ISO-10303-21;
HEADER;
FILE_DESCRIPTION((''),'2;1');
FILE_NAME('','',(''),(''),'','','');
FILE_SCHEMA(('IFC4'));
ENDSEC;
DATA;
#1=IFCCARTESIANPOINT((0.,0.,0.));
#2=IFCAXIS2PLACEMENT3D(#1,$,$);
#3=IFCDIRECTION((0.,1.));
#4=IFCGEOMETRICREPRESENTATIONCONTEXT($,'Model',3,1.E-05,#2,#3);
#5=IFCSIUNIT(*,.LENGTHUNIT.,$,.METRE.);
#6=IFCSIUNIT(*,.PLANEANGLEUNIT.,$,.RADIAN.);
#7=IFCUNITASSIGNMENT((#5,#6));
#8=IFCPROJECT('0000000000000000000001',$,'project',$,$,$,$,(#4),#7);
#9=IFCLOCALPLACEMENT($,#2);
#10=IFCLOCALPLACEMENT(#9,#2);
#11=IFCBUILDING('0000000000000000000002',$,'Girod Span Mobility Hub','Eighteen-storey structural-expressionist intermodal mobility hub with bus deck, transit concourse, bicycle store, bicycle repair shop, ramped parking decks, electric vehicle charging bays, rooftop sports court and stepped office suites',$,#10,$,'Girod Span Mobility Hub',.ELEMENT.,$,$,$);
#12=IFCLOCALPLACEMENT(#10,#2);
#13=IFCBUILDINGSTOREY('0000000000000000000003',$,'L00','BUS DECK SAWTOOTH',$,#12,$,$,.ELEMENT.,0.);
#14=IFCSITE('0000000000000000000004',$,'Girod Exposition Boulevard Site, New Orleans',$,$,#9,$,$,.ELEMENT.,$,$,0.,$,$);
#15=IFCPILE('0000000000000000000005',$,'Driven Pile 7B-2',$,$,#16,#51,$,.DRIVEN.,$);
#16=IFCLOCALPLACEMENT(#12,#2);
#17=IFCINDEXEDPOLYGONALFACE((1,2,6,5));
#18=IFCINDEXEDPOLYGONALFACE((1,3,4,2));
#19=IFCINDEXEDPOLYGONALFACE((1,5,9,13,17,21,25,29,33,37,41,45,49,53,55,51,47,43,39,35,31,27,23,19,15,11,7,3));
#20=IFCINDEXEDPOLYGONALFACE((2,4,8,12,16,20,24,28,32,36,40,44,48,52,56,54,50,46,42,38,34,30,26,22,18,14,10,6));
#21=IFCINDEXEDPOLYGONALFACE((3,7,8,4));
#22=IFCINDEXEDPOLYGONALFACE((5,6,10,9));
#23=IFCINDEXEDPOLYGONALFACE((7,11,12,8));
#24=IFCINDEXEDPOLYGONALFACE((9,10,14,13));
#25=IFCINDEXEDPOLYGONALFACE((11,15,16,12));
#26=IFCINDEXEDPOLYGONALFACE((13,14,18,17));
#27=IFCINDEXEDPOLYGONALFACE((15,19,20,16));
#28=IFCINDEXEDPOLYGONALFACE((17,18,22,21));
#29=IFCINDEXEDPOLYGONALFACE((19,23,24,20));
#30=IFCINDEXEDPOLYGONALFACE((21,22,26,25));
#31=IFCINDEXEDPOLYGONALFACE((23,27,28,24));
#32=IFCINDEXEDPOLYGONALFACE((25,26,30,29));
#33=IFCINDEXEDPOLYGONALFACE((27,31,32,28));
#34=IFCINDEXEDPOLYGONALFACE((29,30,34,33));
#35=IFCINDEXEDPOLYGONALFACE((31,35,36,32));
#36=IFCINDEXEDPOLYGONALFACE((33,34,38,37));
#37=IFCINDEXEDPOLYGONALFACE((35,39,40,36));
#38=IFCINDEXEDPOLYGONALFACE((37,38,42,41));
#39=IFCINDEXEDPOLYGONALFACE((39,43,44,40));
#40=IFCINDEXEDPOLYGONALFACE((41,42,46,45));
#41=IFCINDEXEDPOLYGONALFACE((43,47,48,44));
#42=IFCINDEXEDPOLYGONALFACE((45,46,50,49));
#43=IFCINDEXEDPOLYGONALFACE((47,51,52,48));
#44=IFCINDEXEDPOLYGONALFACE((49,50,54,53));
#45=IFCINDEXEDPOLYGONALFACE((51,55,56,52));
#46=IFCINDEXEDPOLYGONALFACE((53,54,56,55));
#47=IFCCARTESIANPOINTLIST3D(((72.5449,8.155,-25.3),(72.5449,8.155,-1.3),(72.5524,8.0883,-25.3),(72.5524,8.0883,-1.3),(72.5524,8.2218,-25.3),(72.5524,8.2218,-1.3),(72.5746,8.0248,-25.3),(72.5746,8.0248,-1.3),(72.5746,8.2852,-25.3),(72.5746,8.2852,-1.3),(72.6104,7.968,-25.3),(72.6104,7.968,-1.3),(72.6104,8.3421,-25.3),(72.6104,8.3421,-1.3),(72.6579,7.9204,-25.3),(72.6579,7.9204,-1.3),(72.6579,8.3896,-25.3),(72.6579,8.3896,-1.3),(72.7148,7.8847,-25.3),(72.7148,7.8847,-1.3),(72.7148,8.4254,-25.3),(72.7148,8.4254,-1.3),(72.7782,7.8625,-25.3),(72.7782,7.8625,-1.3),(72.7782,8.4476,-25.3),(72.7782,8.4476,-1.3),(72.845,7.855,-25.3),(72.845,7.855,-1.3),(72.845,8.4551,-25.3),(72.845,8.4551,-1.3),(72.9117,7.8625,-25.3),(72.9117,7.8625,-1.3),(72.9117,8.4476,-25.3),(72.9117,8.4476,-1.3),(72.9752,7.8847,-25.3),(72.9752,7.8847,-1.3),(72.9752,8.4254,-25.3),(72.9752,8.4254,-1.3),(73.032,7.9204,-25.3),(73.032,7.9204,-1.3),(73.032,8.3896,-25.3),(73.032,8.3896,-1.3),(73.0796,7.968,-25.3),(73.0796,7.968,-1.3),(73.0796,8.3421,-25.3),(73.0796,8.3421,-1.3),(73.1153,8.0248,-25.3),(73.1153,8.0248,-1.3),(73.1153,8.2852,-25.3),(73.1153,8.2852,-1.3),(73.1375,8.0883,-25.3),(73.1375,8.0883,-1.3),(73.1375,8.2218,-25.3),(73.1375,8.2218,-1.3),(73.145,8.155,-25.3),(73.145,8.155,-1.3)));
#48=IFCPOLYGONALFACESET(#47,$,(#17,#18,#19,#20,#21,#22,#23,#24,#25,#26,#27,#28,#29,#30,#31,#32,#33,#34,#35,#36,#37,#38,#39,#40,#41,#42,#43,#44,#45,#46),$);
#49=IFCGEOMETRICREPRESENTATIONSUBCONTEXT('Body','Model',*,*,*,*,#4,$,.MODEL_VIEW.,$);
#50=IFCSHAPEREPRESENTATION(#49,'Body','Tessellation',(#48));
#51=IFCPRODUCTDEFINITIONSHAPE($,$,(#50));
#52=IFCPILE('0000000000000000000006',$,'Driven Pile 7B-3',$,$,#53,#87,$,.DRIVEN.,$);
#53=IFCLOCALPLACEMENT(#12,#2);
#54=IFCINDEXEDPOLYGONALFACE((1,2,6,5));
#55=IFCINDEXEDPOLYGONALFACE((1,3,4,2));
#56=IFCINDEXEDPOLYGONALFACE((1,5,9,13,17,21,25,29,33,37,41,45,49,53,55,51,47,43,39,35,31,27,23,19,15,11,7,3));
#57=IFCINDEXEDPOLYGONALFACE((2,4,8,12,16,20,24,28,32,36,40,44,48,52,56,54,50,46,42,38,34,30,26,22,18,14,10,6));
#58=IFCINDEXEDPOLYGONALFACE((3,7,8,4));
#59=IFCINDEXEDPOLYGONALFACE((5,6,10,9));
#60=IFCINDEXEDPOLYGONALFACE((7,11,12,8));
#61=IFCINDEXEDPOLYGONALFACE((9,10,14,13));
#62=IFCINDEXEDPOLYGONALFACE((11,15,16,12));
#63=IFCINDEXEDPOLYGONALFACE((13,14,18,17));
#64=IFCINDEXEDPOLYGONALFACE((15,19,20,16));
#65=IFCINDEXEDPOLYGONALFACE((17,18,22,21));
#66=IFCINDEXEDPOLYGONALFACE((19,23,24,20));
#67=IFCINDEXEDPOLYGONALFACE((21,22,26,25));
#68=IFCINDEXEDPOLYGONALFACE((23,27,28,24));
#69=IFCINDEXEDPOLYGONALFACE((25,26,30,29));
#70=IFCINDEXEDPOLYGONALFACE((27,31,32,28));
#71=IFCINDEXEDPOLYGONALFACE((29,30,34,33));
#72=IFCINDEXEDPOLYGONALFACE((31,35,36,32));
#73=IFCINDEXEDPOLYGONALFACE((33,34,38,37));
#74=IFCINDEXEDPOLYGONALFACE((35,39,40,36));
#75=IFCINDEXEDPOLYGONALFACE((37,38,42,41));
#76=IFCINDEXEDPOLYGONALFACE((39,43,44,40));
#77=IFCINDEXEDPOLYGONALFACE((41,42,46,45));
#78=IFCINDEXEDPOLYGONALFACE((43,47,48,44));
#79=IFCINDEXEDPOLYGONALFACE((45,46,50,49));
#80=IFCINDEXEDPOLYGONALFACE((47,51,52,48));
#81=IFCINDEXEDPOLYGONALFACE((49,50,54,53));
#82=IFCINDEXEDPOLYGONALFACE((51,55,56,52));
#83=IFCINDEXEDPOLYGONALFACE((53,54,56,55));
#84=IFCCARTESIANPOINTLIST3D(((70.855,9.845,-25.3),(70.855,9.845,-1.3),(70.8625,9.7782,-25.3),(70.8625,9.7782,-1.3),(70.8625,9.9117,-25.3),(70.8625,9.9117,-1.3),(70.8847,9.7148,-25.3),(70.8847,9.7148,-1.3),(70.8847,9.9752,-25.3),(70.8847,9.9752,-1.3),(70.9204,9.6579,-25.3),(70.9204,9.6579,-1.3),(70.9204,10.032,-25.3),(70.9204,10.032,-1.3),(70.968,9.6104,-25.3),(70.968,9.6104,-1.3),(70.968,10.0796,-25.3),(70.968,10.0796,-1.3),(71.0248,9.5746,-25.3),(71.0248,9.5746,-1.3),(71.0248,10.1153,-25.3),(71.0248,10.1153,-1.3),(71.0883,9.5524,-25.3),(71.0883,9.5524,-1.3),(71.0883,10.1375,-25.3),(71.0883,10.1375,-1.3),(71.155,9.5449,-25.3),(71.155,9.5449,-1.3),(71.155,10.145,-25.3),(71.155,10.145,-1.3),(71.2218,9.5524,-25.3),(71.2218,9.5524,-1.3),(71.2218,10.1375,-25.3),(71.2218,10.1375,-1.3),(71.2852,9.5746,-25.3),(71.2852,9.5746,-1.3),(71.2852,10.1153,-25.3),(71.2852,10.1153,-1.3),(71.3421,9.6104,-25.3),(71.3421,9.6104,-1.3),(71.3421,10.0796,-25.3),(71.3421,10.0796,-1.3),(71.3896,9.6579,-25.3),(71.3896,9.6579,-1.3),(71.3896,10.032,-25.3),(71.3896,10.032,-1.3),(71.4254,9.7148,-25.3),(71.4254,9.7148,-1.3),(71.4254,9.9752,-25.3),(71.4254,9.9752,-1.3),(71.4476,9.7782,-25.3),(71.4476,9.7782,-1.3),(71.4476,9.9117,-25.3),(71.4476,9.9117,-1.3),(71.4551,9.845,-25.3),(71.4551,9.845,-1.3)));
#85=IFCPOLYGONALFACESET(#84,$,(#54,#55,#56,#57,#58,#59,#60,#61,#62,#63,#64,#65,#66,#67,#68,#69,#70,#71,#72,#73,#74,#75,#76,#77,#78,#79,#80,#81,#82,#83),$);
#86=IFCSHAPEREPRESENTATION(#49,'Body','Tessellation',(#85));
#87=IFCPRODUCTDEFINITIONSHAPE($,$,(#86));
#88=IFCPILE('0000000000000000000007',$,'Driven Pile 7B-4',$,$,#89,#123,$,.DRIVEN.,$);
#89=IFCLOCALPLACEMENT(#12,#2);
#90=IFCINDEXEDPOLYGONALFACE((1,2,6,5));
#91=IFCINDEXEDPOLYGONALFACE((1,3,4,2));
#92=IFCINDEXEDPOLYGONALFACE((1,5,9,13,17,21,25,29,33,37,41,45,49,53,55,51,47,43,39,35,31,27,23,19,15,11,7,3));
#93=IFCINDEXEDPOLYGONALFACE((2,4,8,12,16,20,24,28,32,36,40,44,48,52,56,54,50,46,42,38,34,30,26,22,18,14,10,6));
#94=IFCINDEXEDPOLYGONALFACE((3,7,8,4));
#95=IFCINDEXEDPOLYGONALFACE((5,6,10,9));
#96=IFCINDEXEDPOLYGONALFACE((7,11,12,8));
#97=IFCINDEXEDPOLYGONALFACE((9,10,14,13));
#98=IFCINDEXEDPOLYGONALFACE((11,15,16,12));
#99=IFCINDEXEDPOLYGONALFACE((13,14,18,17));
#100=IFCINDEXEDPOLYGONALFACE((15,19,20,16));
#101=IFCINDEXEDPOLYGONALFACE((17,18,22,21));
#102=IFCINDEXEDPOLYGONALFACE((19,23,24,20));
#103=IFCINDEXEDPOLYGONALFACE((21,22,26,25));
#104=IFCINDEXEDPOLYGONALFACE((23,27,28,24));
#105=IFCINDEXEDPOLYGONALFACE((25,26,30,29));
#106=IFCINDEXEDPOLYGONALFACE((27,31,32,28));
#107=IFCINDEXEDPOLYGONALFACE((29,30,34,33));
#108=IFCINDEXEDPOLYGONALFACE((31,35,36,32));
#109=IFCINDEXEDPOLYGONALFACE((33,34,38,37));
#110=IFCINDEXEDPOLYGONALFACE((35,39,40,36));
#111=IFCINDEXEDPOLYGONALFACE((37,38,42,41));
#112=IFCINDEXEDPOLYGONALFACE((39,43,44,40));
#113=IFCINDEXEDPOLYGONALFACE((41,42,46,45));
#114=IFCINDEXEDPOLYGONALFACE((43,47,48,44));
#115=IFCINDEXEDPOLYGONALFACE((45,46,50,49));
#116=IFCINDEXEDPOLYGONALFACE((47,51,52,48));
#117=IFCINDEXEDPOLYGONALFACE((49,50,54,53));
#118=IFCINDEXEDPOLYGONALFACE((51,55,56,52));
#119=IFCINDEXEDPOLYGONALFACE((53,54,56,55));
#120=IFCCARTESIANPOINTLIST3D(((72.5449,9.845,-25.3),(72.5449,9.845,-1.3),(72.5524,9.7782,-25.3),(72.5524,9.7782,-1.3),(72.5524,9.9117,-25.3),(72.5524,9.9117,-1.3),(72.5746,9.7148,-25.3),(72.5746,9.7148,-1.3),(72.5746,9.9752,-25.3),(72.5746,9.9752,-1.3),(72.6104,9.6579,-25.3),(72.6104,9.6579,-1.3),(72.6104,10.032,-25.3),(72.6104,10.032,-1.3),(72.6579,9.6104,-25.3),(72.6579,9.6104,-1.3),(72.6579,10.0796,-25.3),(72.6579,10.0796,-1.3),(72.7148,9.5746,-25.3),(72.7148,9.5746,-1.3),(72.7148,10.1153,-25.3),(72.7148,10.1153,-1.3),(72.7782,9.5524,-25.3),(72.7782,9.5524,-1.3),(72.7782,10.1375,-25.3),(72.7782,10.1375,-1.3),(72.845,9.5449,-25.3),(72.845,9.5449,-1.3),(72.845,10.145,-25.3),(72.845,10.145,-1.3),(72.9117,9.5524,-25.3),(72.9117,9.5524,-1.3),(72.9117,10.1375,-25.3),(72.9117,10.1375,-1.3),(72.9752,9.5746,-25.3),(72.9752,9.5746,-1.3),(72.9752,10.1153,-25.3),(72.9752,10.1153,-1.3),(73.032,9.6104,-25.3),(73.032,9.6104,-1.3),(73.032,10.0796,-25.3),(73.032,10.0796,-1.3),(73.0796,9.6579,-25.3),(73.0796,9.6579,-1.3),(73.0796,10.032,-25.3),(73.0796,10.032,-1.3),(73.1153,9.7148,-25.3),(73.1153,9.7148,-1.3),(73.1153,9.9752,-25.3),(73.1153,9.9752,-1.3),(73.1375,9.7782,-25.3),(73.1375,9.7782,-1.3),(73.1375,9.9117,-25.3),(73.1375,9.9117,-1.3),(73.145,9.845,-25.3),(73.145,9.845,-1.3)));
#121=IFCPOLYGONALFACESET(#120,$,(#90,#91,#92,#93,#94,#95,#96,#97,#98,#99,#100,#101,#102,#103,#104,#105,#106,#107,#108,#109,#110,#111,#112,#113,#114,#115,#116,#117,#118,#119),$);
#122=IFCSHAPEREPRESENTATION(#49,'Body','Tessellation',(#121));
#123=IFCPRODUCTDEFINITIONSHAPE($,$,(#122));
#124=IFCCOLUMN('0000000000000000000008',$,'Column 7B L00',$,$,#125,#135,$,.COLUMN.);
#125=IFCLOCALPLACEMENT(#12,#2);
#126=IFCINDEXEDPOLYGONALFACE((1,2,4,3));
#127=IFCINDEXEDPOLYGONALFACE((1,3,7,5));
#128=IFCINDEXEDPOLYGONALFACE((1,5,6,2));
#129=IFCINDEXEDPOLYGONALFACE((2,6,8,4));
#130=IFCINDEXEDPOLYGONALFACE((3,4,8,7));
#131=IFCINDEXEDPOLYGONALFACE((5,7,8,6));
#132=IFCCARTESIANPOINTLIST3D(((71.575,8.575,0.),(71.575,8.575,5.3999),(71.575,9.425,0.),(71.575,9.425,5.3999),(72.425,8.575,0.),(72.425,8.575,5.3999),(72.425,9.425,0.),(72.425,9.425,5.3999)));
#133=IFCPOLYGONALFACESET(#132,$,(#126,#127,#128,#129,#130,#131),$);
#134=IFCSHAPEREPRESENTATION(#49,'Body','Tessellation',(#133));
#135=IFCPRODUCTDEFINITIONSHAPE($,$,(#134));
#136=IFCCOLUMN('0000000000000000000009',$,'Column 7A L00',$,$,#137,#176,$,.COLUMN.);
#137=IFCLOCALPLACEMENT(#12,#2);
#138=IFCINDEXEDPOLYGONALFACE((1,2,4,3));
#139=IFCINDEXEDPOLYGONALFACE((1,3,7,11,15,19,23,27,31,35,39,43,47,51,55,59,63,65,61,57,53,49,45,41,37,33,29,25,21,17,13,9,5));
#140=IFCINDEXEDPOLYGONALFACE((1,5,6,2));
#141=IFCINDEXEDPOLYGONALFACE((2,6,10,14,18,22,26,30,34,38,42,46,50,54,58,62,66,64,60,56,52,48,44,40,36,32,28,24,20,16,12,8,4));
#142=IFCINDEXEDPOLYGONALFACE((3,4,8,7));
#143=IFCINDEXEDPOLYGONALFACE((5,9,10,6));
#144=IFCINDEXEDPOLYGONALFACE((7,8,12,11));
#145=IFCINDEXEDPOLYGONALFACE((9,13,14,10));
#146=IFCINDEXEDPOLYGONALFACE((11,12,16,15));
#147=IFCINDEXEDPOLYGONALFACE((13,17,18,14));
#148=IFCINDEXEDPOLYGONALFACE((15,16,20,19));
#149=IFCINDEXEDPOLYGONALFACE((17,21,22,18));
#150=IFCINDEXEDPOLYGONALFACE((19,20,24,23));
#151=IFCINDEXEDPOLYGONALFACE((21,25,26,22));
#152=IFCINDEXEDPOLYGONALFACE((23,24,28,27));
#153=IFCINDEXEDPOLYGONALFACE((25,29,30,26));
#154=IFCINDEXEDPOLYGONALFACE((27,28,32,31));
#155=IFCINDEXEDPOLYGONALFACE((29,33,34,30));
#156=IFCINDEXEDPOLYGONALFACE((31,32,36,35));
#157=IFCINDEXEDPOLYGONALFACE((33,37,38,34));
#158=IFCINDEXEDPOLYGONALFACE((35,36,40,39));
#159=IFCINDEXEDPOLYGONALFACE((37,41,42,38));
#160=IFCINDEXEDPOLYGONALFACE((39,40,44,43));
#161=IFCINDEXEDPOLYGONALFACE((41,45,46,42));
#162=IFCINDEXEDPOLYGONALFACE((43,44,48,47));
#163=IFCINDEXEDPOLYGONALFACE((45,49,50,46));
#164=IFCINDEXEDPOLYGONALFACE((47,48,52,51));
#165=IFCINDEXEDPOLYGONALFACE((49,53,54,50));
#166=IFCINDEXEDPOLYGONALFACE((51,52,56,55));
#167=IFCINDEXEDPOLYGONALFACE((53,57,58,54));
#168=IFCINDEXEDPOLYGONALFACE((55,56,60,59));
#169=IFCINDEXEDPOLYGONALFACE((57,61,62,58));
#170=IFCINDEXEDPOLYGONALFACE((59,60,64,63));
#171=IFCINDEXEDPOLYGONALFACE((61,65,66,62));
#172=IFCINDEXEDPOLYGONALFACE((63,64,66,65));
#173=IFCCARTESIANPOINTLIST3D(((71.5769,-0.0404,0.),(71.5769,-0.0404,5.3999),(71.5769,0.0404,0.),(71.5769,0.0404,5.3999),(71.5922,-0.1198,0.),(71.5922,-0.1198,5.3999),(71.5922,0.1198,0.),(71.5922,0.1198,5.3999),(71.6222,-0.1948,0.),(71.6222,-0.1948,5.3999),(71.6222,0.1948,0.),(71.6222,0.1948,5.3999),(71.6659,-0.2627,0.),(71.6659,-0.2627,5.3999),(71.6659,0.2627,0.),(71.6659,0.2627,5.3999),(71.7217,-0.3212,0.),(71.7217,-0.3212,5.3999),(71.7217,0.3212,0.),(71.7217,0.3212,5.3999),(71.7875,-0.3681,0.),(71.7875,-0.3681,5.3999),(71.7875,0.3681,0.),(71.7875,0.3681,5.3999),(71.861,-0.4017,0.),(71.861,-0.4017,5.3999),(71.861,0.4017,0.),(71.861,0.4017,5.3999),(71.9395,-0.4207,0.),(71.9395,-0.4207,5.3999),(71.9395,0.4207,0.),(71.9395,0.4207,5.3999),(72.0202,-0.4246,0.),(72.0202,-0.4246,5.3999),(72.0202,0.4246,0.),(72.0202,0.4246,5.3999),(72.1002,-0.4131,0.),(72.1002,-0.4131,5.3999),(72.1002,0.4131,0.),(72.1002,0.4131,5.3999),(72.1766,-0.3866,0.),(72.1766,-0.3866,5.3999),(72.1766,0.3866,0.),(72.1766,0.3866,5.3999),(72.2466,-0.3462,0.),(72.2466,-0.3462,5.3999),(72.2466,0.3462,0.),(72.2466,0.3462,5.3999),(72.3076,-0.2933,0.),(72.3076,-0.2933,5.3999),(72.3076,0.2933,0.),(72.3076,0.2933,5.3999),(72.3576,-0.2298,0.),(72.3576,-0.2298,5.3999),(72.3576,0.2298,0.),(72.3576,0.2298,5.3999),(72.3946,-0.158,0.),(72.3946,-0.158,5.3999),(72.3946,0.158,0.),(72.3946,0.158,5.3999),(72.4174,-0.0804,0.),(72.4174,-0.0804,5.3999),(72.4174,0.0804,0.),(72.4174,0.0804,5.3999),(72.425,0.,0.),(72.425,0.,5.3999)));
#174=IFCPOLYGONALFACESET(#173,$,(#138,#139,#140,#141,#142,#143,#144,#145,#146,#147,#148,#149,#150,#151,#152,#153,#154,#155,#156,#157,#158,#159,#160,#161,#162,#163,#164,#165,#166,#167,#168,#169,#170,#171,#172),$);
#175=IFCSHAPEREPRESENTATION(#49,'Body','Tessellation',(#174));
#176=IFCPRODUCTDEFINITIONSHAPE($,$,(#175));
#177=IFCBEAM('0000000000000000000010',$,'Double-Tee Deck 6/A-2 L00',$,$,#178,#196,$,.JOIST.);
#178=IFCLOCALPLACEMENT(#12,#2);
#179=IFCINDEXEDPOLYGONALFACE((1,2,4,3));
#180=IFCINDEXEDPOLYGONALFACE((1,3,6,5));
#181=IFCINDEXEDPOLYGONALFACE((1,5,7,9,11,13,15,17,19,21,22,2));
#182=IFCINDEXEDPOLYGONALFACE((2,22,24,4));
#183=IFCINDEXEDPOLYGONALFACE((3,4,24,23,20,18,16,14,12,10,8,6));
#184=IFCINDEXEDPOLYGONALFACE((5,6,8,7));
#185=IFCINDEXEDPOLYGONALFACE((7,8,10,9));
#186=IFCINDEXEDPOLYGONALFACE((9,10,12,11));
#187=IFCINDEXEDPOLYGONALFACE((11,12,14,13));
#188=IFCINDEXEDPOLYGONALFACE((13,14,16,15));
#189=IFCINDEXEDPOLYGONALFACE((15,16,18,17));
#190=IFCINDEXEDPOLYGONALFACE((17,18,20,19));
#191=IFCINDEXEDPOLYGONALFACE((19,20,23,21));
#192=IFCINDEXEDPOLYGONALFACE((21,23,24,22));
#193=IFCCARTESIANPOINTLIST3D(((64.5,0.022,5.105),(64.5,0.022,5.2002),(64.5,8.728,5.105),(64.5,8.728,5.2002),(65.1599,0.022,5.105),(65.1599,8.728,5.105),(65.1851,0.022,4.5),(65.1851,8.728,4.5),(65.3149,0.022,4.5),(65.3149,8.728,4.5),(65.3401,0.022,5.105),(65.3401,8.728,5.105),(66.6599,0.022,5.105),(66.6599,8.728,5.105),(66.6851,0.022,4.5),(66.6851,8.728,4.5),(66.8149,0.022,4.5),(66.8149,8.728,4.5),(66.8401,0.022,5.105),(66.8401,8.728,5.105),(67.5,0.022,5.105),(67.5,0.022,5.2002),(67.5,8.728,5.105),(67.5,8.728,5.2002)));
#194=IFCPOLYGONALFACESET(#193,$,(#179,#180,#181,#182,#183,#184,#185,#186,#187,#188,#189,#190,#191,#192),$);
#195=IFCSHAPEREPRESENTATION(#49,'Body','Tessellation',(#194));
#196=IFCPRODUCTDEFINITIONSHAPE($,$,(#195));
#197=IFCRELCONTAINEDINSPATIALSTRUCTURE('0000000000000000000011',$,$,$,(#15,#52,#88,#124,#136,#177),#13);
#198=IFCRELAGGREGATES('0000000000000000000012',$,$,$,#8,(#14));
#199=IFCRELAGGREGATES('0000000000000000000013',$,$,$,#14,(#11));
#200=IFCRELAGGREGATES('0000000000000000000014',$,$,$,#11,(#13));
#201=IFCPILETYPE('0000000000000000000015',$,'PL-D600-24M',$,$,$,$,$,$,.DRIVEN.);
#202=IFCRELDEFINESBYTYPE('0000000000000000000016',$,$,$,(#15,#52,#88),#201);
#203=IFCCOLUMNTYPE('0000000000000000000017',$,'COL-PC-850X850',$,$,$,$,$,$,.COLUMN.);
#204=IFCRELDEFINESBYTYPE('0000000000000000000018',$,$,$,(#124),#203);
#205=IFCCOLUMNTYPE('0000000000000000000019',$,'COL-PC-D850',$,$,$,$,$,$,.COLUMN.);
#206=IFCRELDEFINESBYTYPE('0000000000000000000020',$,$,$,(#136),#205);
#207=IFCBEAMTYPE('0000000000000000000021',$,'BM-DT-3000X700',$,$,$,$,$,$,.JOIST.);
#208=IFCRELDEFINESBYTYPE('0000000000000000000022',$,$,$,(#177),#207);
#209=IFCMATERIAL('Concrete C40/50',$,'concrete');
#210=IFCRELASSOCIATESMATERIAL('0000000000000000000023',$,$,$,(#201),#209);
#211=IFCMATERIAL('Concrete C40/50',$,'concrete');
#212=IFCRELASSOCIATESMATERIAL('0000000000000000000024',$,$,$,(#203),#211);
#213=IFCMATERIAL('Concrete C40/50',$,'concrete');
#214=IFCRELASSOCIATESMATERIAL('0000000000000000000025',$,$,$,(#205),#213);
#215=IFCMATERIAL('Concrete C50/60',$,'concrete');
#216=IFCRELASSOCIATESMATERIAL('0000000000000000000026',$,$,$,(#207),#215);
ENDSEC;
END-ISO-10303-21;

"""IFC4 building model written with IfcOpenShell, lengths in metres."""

from ifc_helpers import new_model, si_unit, direction, frame, origin, origin_2d, place, context, subcontext, project, spatial, polyline, rectangle, circle, outline, extrude, material, material_profile, profile_set, type_object, element, save


model = new_model("IFC4")

# Units and contexts
model_context = context("Model", 3, precision=1e-05, world=origin(), true_north=direction((0.0, 1.0)))
body_context = subcontext(model_context, "Body", "Model", "MODEL_VIEW")
ifc_project = project(units=[si_unit("LENGTHUNIT", "METRE"), si_unit("PLANEANGLEUNIT", "RADIAN")], contexts=[model_context])

# Site, building, storey
site_placement = place(None, origin())
site = spatial("IfcSite", under=ifc_project, at=site_placement, Name="Girod Exposition Boulevard Site, New Orleans", CompositionType="ELEMENT", RefElevation=0.0)
building_placement = place(site_placement, origin())
building = spatial("IfcBuilding", under=site, at=building_placement, Name="Girod Span Mobility Hub", Description="Eighteen-storey structural-expressionist intermodal mobility hub with bus deck, transit concourse, bicycle store, bicycle repair shop, ramped parking decks, electric vehicle charging bays, rooftop sports court and stepped office suites", LongName="Girod Span Mobility Hub", CompositionType="ELEMENT")
storey_placement = place(building_placement, origin())
storey = spatial("IfcBuildingStorey", under=building, at=storey_placement, Name="L00", Description="BUS DECK SAWTOOTH", CompositionType="ELEMENT", Elevation=0.0)

# Piles
ifc_material_1 = material(Name="Concrete C40/50", Category="concrete")
ifc_material_profile_1 = material_profile(ifc_material_1, circle(Radius=0.3, at=origin_2d()), Name="PILE-D600")
ifc_profile_set_1 = profile_set([ifc_material_profile_1], Name="Concrete C40/50")
pile_type_1 = type_object("IfcPileType", Name="PL-D600-24M", PredefinedType="DRIVEN", material=ifc_profile_set_1)
for number, where, z_axis, x_axis, name in (
    (1, (72.845, 8.155, -1.3), (0.0, 0.0, -1.0), (1.0, 0.0, 0.0), "Driven Pile 7B-2"),
    (2, (71.155, 9.845, -1.3), (0.0, 0.0, -1.0), (1.0, 0.0, 0.0), "Driven Pile 7B-3"),
    (3, (72.845, 9.845, -1.3), (0.0, 0.0, -1.0), (1.0, 0.0, 0.0), "Driven Pile 7B-4"),
):
    element("IfcPile", number, at=place(storey_placement, frame(where, z_axis=z_axis, x_axis=x_axis)), inside=storey, type_object=pile_type_1, Name=name, PredefinedType="DRIVEN", context=body_context, shape_type="SweptSolid", body=[
        extrude(circle(Radius=0.3, at=origin_2d()), origin(), (0.0, 0.0, 1.0), 24.0),
    ])

# Columns
ifc_material_2 = material(Name="Concrete C40/50", Category="concrete")
ifc_material_profile_2 = material_profile(ifc_material_2, rectangle(XDim=0.8501, YDim=0.8501, at=origin_2d()), Name="PC-COL-850X850")
ifc_profile_set_2 = profile_set([ifc_material_profile_2], Name="Concrete C40/50")
column_type_1 = type_object("IfcColumnType", Name="COL-PC-850X850", PredefinedType="COLUMN", material=ifc_profile_set_2)
column_1_placement = place(storey_placement, frame((72.0, 9.0, 0.0), z_axis=(0.0, 0.0, 1.0), x_axis=(1.0, 0.0, 0.0)))
element("IfcColumn", 4, at=column_1_placement, inside=storey, type_object=column_type_1, Name="Column 7B L00", PredefinedType="COLUMN", context=body_context, shape_type="SweptSolid", body=[
    extrude(rectangle(XDim=0.8501, YDim=0.8501, at=origin_2d()), origin(), (0.0, 0.0, 1.0), 5.3999),
])
ifc_material_3 = material(Name="Concrete C40/50", Category="concrete")
ifc_material_profile_3 = material_profile(ifc_material_3, circle(Radius=0.425, at=origin_2d()), Name="PC-CIR-D850")
ifc_profile_set_3 = profile_set([ifc_material_profile_3], Name="Concrete C40/50")
column_type_2 = type_object("IfcColumnType", Name="COL-PC-D850", PredefinedType="COLUMN", material=ifc_profile_set_3)
column_2_placement = place(storey_placement, frame((72.0, 0.0, 0.0), z_axis=(0.0, 0.0, 1.0), x_axis=(1.0, 0.0, 0.0)))
element("IfcColumn", 5, at=column_2_placement, inside=storey, type_object=column_type_2, Name="Column 7A L00", PredefinedType="COLUMN", context=body_context, shape_type="SweptSolid", body=[
    extrude(circle(Radius=0.425, at=origin_2d()), origin(), (0.0, 0.0, 1.0), 5.3999),
])

# Beam
ifc_material_4 = material(Name="Concrete C50/60", Category="concrete")
ifc_material_profile_4 = material_profile(ifc_material_4, outline(polyline([(-1.5, 0.3501), (-1.5, 0.2549), (-0.8401, 0.2549), (-0.8149, -0.3501), (-0.6851, -0.3501), (-0.6599, 0.2549), (0.6599, 0.2549), (0.6851, -0.3501), (0.8149, -0.3501), (0.8401, 0.2549), (1.5, 0.2549), (1.5, 0.3501), (-1.5, 0.3501)])), Name="DT-3000X700")
ifc_profile_set_4 = profile_set([ifc_material_profile_4], Name="Concrete C50/60")
beam_type_1 = type_object("IfcBeamType", Name="BM-DT-3000X700", PredefinedType="JOIST", material=ifc_profile_set_4)
for number, where, z_axis, x_axis, name in (
    (6, (66.0, 0.022, 4.8501), (0.0, 1.0, 0.0), (-1.0, 0.0, 0.0), "Double-Tee Deck 6/A-2 L00"),
):
    element("IfcBeam", number, at=place(storey_placement, frame(where, z_axis=z_axis, x_axis=x_axis)), inside=storey, type_object=beam_type_1, Name=name, PredefinedType="JOIST", context=body_context, shape_type="SweptSolid", body=[
        extrude(outline(polyline([(-1.5, 0.3501), (-1.5, 0.2549), (-0.8401, 0.2549), (-0.8149, -0.3501), (-0.6851, -0.3501), (-0.6599, 0.2549), (0.6599, 0.2549), (0.6851, -0.3501), (0.8149, -0.3501), (0.8401, 0.2549), (1.5, 0.2549), (1.5, 0.3501), (-1.5, 0.3501)])), origin(), (0.0, 0.0, 1.0), 8.7061),
    ])

save(model, "model.ifc")
